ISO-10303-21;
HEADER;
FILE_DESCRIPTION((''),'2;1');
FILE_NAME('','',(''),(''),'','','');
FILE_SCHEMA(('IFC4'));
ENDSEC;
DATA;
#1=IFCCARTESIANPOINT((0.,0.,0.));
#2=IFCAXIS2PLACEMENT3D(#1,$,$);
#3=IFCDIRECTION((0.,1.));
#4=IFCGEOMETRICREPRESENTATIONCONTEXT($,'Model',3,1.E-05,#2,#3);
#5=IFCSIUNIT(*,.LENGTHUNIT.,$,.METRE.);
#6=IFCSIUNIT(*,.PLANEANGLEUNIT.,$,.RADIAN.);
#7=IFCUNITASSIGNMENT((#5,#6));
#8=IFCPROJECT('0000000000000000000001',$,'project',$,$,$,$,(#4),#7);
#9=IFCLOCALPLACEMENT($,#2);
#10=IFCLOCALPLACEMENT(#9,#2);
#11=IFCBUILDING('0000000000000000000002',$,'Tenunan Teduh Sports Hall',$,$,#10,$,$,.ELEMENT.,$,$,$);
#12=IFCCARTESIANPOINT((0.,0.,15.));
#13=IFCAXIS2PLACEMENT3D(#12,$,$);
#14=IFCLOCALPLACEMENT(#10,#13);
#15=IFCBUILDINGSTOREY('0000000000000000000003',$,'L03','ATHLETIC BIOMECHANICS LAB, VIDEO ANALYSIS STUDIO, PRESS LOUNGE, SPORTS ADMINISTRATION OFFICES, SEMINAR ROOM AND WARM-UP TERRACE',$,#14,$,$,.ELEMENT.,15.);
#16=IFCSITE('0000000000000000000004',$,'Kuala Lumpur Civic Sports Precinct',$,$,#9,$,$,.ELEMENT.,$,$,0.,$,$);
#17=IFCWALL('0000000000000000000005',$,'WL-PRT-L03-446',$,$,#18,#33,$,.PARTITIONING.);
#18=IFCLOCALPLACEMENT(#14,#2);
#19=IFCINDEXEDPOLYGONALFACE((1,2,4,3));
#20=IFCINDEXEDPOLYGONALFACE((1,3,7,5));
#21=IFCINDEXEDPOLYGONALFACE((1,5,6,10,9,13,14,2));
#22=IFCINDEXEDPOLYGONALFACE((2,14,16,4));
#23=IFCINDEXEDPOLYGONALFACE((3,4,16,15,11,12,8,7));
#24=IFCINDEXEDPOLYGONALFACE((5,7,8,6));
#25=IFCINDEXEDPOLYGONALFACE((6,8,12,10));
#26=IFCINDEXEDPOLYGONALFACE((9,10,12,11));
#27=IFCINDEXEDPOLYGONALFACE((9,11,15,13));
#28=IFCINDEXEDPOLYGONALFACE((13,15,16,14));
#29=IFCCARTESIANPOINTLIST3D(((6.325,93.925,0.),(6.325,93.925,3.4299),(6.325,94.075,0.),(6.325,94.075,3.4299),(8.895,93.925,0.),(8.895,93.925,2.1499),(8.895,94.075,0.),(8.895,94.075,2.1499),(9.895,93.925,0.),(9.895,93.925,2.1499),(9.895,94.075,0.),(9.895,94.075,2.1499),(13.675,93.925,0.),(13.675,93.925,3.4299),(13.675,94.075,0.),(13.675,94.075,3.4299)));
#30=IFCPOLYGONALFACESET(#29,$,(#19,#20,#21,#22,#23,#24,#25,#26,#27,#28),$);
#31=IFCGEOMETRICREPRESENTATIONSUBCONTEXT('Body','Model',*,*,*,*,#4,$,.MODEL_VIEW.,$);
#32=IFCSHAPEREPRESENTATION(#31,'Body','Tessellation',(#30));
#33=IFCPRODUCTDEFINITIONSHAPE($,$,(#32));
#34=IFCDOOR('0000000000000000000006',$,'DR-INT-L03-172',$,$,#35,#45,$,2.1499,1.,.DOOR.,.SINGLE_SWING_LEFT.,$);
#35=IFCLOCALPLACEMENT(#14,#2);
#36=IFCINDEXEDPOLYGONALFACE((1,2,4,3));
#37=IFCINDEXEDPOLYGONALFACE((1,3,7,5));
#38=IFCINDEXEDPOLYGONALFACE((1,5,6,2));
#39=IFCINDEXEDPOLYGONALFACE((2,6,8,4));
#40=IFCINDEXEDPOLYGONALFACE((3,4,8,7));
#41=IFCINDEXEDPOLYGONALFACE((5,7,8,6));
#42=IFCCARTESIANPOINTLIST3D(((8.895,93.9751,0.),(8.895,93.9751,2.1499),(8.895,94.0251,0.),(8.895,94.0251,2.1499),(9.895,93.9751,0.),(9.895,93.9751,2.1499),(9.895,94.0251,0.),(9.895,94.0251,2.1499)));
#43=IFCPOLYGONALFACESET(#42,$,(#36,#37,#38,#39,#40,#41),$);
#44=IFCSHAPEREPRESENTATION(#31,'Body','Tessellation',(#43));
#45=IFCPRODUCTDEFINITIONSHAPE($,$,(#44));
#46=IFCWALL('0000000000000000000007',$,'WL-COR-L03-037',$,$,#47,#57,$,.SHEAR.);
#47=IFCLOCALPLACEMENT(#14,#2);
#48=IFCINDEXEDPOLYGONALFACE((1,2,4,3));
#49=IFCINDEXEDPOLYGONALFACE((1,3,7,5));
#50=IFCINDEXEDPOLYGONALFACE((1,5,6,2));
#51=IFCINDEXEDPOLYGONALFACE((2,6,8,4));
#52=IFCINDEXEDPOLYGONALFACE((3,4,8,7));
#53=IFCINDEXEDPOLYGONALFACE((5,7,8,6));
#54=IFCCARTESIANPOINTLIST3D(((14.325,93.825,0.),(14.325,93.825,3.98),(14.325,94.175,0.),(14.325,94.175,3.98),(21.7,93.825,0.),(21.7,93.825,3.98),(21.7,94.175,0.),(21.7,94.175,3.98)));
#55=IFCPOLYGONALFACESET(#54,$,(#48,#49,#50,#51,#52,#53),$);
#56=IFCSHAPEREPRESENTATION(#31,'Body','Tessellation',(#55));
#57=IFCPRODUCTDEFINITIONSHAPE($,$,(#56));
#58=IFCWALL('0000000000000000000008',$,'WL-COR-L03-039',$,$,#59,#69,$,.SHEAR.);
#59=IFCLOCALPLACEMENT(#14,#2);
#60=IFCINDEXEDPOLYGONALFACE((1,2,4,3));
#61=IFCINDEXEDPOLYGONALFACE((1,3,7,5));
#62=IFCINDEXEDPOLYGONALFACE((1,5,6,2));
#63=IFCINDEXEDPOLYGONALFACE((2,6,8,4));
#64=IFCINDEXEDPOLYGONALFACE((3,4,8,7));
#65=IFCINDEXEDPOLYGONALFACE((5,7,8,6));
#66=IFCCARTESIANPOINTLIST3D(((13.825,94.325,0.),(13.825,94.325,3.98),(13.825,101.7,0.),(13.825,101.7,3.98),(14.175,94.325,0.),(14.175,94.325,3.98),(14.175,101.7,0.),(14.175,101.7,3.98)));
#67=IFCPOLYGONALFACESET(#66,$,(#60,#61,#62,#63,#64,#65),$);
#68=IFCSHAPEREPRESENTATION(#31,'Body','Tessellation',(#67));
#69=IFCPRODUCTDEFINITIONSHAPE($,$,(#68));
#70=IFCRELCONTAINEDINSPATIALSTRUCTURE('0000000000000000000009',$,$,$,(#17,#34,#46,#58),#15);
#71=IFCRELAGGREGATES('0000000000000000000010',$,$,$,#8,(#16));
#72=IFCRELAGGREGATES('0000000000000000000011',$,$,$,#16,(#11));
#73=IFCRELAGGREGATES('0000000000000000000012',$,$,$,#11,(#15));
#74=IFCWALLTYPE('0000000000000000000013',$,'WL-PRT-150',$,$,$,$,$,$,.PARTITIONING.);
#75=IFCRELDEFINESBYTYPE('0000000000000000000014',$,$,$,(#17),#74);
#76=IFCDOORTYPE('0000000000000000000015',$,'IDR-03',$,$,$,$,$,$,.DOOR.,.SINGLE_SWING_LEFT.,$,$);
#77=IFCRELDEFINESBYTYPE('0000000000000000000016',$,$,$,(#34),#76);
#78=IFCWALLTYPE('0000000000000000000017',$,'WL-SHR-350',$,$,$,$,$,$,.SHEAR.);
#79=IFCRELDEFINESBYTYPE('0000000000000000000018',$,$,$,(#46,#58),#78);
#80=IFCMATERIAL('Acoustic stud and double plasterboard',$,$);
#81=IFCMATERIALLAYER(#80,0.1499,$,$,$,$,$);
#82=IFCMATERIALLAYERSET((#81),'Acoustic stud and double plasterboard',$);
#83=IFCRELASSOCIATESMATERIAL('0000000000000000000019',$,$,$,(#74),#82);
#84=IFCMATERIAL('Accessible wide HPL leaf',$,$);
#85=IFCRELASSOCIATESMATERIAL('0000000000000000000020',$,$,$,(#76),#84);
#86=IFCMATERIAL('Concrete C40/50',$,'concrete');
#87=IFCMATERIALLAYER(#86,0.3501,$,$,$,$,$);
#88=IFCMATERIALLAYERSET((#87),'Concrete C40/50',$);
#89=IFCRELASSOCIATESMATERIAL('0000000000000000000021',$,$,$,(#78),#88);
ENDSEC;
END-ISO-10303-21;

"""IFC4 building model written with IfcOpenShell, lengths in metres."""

from ifc_helpers import new_model, si_unit, direction, frame, frame_2d, origin, place, context, subcontext, project, spatial, rectangle, extrude, material, layer, layer_set, type_object, element, fill, save


model = new_model("IFC4")

# Units and contexts
model_context = context("Model", 3, precision=1e-05, world=origin(), true_north=direction((0.0, 1.0)))
body_context = subcontext(model_context, "Body", "Model", "MODEL_VIEW")
ifc_project = project(units=[si_unit("LENGTHUNIT", "METRE"), si_unit("PLANEANGLEUNIT", "RADIAN")], contexts=[model_context])

# Site, building, storey
site_placement = place(None, origin())
site = spatial("IfcSite", under=ifc_project, at=site_placement, Name="Kuala Lumpur Civic Sports Precinct", CompositionType="ELEMENT", RefElevation=0.0)
building_placement = place(site_placement, origin())
building = spatial("IfcBuilding", under=site, at=building_placement, Name="Tenunan Teduh Sports Hall", CompositionType="ELEMENT")
storey_placement = place(building_placement, frame((0.0, 0.0, 15.0)))
storey = spatial("IfcBuildingStorey", under=building, at=storey_placement, Name="L03", Description="ATHLETIC BIOMECHANICS LAB, VIDEO ANALYSIS STUDIO, PRESS LOUNGE, SPORTS ADMINISTRATION OFFICES, SEMINAR ROOM AND WARM-UP TERRACE", CompositionType="ELEMENT", Elevation=15.0)

# Wall, opening, door
ifc_material_1 = material(Name="Acoustic stud and double plasterboard")
ifc_layer_1 = layer(ifc_material_1, 0.1499)
ifc_layer_set_1 = layer_set([ifc_layer_1], Name="Acoustic stud and double plasterboard")
wall_type_1 = type_object("IfcWallType", Name="WL-PRT-150", PredefinedType="PARTITIONING", material=ifc_layer_set_1)
wall_1_placement = place(storey_placement, frame((6.325, 94.0, 0.0), z_axis=(0.0, 0.0, 1.0), x_axis=(1.0, 0.0, 0.0)))
wall_1 = element("IfcWall", 1, at=wall_1_placement, inside=storey, type_object=wall_type_1, Name="WL-PRT-L03-446", PredefinedType="PARTITIONING", context=body_context, shape_type="SweptSolid", body=[
    extrude(rectangle(XDim=7.3501, YDim=0.1499, at=frame_2d((3.675, 0.0))), origin(), (0.0, 0.0, 1.0), 3.4299),
])
opening_1_placement = place(wall_1_placement, frame((2.5701, 0.0, 0.0)))
opening_1 = element("IfcOpeningElement", 2, at=opening_1_placement, cuts=wall_1, PredefinedType="OPENING", context=body_context, shape_type="SweptSolid", body=[
    extrude(rectangle(XDim=1.0, YDim=2.1499, at=frame_2d((0.5, 1.075))), frame((0.0, 0.085, 0.0), z_axis=(0.0, -1.0, 0.0), x_axis=(1.0, 0.0, 0.0)), (0.0, 0.0, 1.0), 0.1699),
])
ifc_material_2 = material(Name="Accessible wide HPL leaf")
door_type = type_object("IfcDoorType", Name="IDR-03", OperationType="SINGLE_SWING_LEFT", PredefinedType="DOOR", material=ifc_material_2)
door_placement = place(opening_1_placement, frame((1.0, 0.0, 0.0), z_axis=(0.0, 0.0, 1.0), x_axis=(-1.0, 0.0, 0.0)))
door = element("IfcDoor", 3, at=door_placement, inside=storey, type_object=door_type, Name="DR-INT-L03-172", OperationType="SINGLE_SWING_LEFT", OverallHeight=2.1499, OverallWidth=1.0, PredefinedType="DOOR", context=body_context, shape_type="SweptSolid", body=[
    extrude(rectangle(XDim=1.0, YDim=2.1499, at=frame_2d((0.5, 1.075))), frame((0.0, 0.0249, 0.0), z_axis=(0.0, -1.0, 0.0), x_axis=(1.0, 0.0, 0.0)), (0.0, 0.0, 1.0), 0.05),
])
fill(opening_1, door)

# Walls
ifc_material_3 = material(Name="Concrete C40/50", Category="concrete")
ifc_layer_2 = layer(ifc_material_3, 0.3501)
ifc_layer_set_2 = layer_set([ifc_layer_2], Name="Concrete C40/50")
wall_type_2 = type_object("IfcWallType", Name="WL-SHR-350", PredefinedType="SHEAR", material=ifc_layer_set_2)
for number, where, z_axis, x_axis, name in (
    (4, (14.325, 94.0, 0.0), (0.0, 0.0, 1.0), (1.0, 0.0, 0.0), "WL-COR-L03-037"),
    (5, (14.0, 94.325, 0.0), (0.0, 0.0, 1.0), (0.0, 1.0, 0.0), "WL-COR-L03-039"),
):
    element("IfcWall", number, at=place(storey_placement, frame(where, z_axis=z_axis, x_axis=x_axis)), inside=storey, type_object=wall_type_2, Name=name, PredefinedType="SHEAR", context=body_context, shape_type="SweptSolid", body=[
        extrude(rectangle(XDim=7.375, YDim=0.3501, at=frame_2d((3.6875, 0.0))), origin(), (0.0, 0.0, 1.0), 3.98),
    ])

save(model, "model.ifc")
